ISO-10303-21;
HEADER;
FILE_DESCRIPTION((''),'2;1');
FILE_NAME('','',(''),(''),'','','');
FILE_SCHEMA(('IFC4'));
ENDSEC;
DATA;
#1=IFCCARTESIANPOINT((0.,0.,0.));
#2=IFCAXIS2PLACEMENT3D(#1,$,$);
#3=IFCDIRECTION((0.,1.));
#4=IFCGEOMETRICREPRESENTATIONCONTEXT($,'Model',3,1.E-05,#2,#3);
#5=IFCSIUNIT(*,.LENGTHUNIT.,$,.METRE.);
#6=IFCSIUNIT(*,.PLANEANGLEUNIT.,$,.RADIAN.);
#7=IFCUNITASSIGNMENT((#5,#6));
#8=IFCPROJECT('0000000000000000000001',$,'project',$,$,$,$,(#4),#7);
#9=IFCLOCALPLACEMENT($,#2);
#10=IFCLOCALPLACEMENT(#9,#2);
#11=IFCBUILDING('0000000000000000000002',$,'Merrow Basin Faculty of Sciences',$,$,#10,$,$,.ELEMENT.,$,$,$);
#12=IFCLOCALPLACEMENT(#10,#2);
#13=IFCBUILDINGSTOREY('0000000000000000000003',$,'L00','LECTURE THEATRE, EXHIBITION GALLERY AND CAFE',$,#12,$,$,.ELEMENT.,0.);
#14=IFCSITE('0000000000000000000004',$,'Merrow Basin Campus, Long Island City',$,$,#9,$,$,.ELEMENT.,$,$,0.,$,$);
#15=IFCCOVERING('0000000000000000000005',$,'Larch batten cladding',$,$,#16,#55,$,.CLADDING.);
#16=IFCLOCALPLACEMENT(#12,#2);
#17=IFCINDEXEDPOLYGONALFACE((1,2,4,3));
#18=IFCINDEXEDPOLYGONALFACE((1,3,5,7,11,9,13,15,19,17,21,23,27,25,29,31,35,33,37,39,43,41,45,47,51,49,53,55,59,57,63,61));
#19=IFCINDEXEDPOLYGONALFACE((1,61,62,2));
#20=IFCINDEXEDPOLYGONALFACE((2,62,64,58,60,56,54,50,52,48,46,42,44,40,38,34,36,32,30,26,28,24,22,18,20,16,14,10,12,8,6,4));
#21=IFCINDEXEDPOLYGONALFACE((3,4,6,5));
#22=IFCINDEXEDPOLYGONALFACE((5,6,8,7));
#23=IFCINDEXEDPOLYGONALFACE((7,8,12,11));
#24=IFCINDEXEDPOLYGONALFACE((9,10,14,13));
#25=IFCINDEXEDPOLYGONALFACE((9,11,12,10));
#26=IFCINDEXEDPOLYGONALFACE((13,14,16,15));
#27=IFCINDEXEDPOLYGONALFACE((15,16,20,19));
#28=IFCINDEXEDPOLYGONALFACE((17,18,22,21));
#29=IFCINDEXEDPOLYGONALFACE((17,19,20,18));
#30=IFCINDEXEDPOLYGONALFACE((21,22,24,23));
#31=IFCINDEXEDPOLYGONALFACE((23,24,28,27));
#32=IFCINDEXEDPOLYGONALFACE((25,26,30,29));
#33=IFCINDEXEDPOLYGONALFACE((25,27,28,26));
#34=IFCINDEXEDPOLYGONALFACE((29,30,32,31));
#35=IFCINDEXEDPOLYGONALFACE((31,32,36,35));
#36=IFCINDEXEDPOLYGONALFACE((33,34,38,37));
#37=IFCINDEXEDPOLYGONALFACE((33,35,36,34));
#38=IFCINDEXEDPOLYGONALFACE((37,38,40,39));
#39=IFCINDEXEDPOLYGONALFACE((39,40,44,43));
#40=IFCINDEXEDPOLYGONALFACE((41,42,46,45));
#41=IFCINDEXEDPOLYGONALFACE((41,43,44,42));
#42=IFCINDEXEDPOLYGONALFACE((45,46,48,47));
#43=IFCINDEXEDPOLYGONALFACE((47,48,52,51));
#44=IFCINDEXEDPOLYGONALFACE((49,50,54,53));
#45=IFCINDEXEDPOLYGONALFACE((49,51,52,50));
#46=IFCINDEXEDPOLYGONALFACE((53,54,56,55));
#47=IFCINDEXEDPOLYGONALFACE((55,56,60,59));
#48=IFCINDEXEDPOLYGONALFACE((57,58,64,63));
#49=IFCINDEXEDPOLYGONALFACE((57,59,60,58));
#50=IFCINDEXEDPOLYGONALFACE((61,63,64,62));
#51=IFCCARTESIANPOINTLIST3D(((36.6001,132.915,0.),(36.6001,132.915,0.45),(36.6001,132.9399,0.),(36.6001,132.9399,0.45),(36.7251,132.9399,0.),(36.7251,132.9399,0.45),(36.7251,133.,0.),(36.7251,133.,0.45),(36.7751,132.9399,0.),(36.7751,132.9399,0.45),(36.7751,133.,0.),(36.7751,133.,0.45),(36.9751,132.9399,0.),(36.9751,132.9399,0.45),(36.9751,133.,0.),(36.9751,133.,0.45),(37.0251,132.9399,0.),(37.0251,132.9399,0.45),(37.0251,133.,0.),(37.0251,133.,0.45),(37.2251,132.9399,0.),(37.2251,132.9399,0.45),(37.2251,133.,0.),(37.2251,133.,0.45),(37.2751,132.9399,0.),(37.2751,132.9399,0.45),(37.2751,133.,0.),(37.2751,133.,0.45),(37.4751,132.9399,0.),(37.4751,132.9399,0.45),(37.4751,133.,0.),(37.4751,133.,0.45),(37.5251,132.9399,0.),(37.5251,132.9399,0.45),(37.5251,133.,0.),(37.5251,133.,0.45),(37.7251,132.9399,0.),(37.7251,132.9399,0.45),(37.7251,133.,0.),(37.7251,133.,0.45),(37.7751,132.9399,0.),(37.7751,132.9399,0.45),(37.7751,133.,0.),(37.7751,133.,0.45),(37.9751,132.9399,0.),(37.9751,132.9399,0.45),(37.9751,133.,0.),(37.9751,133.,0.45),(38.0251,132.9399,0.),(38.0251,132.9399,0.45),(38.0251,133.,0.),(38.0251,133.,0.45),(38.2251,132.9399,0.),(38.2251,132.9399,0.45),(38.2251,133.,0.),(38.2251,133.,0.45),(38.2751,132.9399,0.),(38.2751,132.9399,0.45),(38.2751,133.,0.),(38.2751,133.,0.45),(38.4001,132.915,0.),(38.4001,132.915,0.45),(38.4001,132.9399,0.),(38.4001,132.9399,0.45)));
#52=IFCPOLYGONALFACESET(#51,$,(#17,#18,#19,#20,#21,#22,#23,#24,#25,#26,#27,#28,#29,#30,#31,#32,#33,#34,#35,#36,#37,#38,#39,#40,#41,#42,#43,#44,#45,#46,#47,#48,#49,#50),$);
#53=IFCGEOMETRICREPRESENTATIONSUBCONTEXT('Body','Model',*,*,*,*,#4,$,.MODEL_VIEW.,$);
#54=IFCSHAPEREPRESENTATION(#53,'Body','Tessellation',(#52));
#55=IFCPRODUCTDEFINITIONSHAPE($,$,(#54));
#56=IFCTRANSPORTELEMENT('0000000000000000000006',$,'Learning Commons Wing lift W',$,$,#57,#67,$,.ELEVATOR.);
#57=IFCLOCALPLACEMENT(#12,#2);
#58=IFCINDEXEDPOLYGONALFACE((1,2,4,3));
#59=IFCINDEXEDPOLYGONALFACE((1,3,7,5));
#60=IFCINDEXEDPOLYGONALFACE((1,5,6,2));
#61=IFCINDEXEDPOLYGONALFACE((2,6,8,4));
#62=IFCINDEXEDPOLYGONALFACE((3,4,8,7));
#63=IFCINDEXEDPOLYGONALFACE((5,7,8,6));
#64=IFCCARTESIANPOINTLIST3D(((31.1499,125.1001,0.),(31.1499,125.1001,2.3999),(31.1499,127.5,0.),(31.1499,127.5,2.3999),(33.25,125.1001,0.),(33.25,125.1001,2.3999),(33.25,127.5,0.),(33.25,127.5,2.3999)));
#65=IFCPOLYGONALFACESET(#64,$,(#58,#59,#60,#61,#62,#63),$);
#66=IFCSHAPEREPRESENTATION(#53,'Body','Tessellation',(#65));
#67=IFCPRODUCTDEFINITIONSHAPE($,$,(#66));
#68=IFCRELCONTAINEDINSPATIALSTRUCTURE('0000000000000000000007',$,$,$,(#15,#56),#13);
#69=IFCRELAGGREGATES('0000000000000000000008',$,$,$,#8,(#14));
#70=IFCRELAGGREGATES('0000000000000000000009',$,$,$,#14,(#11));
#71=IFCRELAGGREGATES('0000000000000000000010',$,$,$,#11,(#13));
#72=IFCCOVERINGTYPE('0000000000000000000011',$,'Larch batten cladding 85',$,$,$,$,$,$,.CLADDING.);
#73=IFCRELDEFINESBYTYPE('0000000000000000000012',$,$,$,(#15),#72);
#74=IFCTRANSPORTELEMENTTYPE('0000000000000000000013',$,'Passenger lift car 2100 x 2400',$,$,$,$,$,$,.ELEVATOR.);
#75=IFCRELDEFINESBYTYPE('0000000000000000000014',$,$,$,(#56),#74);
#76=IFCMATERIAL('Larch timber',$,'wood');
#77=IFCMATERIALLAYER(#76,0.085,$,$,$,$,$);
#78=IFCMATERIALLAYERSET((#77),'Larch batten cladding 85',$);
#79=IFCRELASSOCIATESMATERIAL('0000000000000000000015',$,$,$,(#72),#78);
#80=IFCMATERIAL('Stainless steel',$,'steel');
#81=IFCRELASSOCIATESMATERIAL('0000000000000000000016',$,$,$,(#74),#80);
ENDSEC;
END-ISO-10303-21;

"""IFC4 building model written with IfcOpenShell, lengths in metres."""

from ifc_helpers import new_model, si_unit, direction, frame, origin, origin_2d, place, context, subcontext, project, spatial, polyline, rectangle, outline, extrude, source, transform, mapped, material, layer, layer_set, type_object, element, save


model = new_model("IFC4")

# Units and contexts
model_context = context("Model", 3, precision=1e-05, world=origin(), true_north=direction((0.0, 1.0)))
body_context = subcontext(model_context, "Body", "Model", "MODEL_VIEW")
ifc_project = project(units=[si_unit("LENGTHUNIT", "METRE"), si_unit("PLANEANGLEUNIT", "RADIAN")], contexts=[model_context])

# Site, building, storey
site_placement = place(None, origin())
site = spatial("IfcSite", under=ifc_project, at=site_placement, Name="Merrow Basin Campus, Long Island City", CompositionType="ELEMENT", RefElevation=0.0)
building_placement = place(site_placement, origin())
building = spatial("IfcBuilding", under=site, at=building_placement, Name="Merrow Basin Faculty of Sciences", CompositionType="ELEMENT")
storey_placement = place(building_placement, origin())
storey = spatial("IfcBuildingStorey", under=building, at=storey_placement, Name="L00", Description="LECTURE THEATRE, EXHIBITION GALLERY AND CAFE", CompositionType="ELEMENT", Elevation=0.0)

# Covering
ifc_material_1 = material(Name="Larch timber", Category="wood")
ifc_layer_1 = layer(ifc_material_1, 0.085)
ifc_layer_set_1 = layer_set([ifc_layer_1], Name="Larch batten cladding 85")
covering_type = type_object("IfcCoveringType", Name="Larch batten cladding 85", PredefinedType="CLADDING", material=ifc_layer_set_1)
shared_shape_1 = source(origin(), body_context, "Body", "SweptSolid", [
    extrude(outline(polyline([(0.0, 0.0), (1.8, 0.0), (1.8, 0.0249), (1.675, 0.0249), (1.675, 0.085), (1.625, 0.085), (1.625, 0.0249), (1.425, 0.0249), (1.425, 0.085), (1.375, 0.085), (1.375, 0.0249), (1.175, 0.0249), (1.175, 0.085), (1.125, 0.085), (1.125, 0.0249), (0.925, 0.0249), (0.925, 0.085), (0.875, 0.085), (0.875, 0.0249), (0.675, 0.0249), (0.675, 0.085), (0.625, 0.085), (0.625, 0.0249), (0.425, 0.0249), (0.425, 0.085), (0.375, 0.085), (0.375, 0.0249), (0.175, 0.0249), (0.175, 0.085), (0.125, 0.085), (0.125, 0.0249), (0.0, 0.0249), (0.0, 0.0)])), origin(), (0.0, 0.0, 1.0), 0.45),
])
covering_1_placement = place(storey_placement, frame((36.6001, 132.915, 0.0), z_axis=(0.0, 0.0, 1.0), x_axis=(1.0, 0.0, 0.0)))
element("IfcCovering", 1, at=covering_1_placement, inside=storey, type_object=covering_type, Name="Larch batten cladding", PredefinedType="CLADDING", context=body_context, shape_type="MappedRepresentation", body=[
    mapped(shared_shape_1, transform((0.0, 0.0, 0.0), scale=1.0)),
])

# Transport element
ifc_material_2 = material(Name="Stainless steel", Category="steel")
transport_element_type = type_object("IfcTransportElementType", Name="Passenger lift car 2100 x 2400", PredefinedType="ELEVATOR", material=ifc_material_2)
transport_element_placement = place(storey_placement, frame((32.2, 126.3, 0.0), z_axis=(0.0, 0.0, 1.0), x_axis=(1.0, 0.0, 0.0)))
element("IfcTransportElement", 2, at=transport_element_placement, inside=storey, type_object=transport_element_type, Name="Learning Commons Wing lift W", PredefinedType="ELEVATOR", context=body_context, shape_type="SweptSolid", body=[
    extrude(rectangle(XDim=2.1001, YDim=2.3999, at=origin_2d()), origin(), (0.0, 0.0, 1.0), 2.3999),
])

save(model, "model.ifc")
